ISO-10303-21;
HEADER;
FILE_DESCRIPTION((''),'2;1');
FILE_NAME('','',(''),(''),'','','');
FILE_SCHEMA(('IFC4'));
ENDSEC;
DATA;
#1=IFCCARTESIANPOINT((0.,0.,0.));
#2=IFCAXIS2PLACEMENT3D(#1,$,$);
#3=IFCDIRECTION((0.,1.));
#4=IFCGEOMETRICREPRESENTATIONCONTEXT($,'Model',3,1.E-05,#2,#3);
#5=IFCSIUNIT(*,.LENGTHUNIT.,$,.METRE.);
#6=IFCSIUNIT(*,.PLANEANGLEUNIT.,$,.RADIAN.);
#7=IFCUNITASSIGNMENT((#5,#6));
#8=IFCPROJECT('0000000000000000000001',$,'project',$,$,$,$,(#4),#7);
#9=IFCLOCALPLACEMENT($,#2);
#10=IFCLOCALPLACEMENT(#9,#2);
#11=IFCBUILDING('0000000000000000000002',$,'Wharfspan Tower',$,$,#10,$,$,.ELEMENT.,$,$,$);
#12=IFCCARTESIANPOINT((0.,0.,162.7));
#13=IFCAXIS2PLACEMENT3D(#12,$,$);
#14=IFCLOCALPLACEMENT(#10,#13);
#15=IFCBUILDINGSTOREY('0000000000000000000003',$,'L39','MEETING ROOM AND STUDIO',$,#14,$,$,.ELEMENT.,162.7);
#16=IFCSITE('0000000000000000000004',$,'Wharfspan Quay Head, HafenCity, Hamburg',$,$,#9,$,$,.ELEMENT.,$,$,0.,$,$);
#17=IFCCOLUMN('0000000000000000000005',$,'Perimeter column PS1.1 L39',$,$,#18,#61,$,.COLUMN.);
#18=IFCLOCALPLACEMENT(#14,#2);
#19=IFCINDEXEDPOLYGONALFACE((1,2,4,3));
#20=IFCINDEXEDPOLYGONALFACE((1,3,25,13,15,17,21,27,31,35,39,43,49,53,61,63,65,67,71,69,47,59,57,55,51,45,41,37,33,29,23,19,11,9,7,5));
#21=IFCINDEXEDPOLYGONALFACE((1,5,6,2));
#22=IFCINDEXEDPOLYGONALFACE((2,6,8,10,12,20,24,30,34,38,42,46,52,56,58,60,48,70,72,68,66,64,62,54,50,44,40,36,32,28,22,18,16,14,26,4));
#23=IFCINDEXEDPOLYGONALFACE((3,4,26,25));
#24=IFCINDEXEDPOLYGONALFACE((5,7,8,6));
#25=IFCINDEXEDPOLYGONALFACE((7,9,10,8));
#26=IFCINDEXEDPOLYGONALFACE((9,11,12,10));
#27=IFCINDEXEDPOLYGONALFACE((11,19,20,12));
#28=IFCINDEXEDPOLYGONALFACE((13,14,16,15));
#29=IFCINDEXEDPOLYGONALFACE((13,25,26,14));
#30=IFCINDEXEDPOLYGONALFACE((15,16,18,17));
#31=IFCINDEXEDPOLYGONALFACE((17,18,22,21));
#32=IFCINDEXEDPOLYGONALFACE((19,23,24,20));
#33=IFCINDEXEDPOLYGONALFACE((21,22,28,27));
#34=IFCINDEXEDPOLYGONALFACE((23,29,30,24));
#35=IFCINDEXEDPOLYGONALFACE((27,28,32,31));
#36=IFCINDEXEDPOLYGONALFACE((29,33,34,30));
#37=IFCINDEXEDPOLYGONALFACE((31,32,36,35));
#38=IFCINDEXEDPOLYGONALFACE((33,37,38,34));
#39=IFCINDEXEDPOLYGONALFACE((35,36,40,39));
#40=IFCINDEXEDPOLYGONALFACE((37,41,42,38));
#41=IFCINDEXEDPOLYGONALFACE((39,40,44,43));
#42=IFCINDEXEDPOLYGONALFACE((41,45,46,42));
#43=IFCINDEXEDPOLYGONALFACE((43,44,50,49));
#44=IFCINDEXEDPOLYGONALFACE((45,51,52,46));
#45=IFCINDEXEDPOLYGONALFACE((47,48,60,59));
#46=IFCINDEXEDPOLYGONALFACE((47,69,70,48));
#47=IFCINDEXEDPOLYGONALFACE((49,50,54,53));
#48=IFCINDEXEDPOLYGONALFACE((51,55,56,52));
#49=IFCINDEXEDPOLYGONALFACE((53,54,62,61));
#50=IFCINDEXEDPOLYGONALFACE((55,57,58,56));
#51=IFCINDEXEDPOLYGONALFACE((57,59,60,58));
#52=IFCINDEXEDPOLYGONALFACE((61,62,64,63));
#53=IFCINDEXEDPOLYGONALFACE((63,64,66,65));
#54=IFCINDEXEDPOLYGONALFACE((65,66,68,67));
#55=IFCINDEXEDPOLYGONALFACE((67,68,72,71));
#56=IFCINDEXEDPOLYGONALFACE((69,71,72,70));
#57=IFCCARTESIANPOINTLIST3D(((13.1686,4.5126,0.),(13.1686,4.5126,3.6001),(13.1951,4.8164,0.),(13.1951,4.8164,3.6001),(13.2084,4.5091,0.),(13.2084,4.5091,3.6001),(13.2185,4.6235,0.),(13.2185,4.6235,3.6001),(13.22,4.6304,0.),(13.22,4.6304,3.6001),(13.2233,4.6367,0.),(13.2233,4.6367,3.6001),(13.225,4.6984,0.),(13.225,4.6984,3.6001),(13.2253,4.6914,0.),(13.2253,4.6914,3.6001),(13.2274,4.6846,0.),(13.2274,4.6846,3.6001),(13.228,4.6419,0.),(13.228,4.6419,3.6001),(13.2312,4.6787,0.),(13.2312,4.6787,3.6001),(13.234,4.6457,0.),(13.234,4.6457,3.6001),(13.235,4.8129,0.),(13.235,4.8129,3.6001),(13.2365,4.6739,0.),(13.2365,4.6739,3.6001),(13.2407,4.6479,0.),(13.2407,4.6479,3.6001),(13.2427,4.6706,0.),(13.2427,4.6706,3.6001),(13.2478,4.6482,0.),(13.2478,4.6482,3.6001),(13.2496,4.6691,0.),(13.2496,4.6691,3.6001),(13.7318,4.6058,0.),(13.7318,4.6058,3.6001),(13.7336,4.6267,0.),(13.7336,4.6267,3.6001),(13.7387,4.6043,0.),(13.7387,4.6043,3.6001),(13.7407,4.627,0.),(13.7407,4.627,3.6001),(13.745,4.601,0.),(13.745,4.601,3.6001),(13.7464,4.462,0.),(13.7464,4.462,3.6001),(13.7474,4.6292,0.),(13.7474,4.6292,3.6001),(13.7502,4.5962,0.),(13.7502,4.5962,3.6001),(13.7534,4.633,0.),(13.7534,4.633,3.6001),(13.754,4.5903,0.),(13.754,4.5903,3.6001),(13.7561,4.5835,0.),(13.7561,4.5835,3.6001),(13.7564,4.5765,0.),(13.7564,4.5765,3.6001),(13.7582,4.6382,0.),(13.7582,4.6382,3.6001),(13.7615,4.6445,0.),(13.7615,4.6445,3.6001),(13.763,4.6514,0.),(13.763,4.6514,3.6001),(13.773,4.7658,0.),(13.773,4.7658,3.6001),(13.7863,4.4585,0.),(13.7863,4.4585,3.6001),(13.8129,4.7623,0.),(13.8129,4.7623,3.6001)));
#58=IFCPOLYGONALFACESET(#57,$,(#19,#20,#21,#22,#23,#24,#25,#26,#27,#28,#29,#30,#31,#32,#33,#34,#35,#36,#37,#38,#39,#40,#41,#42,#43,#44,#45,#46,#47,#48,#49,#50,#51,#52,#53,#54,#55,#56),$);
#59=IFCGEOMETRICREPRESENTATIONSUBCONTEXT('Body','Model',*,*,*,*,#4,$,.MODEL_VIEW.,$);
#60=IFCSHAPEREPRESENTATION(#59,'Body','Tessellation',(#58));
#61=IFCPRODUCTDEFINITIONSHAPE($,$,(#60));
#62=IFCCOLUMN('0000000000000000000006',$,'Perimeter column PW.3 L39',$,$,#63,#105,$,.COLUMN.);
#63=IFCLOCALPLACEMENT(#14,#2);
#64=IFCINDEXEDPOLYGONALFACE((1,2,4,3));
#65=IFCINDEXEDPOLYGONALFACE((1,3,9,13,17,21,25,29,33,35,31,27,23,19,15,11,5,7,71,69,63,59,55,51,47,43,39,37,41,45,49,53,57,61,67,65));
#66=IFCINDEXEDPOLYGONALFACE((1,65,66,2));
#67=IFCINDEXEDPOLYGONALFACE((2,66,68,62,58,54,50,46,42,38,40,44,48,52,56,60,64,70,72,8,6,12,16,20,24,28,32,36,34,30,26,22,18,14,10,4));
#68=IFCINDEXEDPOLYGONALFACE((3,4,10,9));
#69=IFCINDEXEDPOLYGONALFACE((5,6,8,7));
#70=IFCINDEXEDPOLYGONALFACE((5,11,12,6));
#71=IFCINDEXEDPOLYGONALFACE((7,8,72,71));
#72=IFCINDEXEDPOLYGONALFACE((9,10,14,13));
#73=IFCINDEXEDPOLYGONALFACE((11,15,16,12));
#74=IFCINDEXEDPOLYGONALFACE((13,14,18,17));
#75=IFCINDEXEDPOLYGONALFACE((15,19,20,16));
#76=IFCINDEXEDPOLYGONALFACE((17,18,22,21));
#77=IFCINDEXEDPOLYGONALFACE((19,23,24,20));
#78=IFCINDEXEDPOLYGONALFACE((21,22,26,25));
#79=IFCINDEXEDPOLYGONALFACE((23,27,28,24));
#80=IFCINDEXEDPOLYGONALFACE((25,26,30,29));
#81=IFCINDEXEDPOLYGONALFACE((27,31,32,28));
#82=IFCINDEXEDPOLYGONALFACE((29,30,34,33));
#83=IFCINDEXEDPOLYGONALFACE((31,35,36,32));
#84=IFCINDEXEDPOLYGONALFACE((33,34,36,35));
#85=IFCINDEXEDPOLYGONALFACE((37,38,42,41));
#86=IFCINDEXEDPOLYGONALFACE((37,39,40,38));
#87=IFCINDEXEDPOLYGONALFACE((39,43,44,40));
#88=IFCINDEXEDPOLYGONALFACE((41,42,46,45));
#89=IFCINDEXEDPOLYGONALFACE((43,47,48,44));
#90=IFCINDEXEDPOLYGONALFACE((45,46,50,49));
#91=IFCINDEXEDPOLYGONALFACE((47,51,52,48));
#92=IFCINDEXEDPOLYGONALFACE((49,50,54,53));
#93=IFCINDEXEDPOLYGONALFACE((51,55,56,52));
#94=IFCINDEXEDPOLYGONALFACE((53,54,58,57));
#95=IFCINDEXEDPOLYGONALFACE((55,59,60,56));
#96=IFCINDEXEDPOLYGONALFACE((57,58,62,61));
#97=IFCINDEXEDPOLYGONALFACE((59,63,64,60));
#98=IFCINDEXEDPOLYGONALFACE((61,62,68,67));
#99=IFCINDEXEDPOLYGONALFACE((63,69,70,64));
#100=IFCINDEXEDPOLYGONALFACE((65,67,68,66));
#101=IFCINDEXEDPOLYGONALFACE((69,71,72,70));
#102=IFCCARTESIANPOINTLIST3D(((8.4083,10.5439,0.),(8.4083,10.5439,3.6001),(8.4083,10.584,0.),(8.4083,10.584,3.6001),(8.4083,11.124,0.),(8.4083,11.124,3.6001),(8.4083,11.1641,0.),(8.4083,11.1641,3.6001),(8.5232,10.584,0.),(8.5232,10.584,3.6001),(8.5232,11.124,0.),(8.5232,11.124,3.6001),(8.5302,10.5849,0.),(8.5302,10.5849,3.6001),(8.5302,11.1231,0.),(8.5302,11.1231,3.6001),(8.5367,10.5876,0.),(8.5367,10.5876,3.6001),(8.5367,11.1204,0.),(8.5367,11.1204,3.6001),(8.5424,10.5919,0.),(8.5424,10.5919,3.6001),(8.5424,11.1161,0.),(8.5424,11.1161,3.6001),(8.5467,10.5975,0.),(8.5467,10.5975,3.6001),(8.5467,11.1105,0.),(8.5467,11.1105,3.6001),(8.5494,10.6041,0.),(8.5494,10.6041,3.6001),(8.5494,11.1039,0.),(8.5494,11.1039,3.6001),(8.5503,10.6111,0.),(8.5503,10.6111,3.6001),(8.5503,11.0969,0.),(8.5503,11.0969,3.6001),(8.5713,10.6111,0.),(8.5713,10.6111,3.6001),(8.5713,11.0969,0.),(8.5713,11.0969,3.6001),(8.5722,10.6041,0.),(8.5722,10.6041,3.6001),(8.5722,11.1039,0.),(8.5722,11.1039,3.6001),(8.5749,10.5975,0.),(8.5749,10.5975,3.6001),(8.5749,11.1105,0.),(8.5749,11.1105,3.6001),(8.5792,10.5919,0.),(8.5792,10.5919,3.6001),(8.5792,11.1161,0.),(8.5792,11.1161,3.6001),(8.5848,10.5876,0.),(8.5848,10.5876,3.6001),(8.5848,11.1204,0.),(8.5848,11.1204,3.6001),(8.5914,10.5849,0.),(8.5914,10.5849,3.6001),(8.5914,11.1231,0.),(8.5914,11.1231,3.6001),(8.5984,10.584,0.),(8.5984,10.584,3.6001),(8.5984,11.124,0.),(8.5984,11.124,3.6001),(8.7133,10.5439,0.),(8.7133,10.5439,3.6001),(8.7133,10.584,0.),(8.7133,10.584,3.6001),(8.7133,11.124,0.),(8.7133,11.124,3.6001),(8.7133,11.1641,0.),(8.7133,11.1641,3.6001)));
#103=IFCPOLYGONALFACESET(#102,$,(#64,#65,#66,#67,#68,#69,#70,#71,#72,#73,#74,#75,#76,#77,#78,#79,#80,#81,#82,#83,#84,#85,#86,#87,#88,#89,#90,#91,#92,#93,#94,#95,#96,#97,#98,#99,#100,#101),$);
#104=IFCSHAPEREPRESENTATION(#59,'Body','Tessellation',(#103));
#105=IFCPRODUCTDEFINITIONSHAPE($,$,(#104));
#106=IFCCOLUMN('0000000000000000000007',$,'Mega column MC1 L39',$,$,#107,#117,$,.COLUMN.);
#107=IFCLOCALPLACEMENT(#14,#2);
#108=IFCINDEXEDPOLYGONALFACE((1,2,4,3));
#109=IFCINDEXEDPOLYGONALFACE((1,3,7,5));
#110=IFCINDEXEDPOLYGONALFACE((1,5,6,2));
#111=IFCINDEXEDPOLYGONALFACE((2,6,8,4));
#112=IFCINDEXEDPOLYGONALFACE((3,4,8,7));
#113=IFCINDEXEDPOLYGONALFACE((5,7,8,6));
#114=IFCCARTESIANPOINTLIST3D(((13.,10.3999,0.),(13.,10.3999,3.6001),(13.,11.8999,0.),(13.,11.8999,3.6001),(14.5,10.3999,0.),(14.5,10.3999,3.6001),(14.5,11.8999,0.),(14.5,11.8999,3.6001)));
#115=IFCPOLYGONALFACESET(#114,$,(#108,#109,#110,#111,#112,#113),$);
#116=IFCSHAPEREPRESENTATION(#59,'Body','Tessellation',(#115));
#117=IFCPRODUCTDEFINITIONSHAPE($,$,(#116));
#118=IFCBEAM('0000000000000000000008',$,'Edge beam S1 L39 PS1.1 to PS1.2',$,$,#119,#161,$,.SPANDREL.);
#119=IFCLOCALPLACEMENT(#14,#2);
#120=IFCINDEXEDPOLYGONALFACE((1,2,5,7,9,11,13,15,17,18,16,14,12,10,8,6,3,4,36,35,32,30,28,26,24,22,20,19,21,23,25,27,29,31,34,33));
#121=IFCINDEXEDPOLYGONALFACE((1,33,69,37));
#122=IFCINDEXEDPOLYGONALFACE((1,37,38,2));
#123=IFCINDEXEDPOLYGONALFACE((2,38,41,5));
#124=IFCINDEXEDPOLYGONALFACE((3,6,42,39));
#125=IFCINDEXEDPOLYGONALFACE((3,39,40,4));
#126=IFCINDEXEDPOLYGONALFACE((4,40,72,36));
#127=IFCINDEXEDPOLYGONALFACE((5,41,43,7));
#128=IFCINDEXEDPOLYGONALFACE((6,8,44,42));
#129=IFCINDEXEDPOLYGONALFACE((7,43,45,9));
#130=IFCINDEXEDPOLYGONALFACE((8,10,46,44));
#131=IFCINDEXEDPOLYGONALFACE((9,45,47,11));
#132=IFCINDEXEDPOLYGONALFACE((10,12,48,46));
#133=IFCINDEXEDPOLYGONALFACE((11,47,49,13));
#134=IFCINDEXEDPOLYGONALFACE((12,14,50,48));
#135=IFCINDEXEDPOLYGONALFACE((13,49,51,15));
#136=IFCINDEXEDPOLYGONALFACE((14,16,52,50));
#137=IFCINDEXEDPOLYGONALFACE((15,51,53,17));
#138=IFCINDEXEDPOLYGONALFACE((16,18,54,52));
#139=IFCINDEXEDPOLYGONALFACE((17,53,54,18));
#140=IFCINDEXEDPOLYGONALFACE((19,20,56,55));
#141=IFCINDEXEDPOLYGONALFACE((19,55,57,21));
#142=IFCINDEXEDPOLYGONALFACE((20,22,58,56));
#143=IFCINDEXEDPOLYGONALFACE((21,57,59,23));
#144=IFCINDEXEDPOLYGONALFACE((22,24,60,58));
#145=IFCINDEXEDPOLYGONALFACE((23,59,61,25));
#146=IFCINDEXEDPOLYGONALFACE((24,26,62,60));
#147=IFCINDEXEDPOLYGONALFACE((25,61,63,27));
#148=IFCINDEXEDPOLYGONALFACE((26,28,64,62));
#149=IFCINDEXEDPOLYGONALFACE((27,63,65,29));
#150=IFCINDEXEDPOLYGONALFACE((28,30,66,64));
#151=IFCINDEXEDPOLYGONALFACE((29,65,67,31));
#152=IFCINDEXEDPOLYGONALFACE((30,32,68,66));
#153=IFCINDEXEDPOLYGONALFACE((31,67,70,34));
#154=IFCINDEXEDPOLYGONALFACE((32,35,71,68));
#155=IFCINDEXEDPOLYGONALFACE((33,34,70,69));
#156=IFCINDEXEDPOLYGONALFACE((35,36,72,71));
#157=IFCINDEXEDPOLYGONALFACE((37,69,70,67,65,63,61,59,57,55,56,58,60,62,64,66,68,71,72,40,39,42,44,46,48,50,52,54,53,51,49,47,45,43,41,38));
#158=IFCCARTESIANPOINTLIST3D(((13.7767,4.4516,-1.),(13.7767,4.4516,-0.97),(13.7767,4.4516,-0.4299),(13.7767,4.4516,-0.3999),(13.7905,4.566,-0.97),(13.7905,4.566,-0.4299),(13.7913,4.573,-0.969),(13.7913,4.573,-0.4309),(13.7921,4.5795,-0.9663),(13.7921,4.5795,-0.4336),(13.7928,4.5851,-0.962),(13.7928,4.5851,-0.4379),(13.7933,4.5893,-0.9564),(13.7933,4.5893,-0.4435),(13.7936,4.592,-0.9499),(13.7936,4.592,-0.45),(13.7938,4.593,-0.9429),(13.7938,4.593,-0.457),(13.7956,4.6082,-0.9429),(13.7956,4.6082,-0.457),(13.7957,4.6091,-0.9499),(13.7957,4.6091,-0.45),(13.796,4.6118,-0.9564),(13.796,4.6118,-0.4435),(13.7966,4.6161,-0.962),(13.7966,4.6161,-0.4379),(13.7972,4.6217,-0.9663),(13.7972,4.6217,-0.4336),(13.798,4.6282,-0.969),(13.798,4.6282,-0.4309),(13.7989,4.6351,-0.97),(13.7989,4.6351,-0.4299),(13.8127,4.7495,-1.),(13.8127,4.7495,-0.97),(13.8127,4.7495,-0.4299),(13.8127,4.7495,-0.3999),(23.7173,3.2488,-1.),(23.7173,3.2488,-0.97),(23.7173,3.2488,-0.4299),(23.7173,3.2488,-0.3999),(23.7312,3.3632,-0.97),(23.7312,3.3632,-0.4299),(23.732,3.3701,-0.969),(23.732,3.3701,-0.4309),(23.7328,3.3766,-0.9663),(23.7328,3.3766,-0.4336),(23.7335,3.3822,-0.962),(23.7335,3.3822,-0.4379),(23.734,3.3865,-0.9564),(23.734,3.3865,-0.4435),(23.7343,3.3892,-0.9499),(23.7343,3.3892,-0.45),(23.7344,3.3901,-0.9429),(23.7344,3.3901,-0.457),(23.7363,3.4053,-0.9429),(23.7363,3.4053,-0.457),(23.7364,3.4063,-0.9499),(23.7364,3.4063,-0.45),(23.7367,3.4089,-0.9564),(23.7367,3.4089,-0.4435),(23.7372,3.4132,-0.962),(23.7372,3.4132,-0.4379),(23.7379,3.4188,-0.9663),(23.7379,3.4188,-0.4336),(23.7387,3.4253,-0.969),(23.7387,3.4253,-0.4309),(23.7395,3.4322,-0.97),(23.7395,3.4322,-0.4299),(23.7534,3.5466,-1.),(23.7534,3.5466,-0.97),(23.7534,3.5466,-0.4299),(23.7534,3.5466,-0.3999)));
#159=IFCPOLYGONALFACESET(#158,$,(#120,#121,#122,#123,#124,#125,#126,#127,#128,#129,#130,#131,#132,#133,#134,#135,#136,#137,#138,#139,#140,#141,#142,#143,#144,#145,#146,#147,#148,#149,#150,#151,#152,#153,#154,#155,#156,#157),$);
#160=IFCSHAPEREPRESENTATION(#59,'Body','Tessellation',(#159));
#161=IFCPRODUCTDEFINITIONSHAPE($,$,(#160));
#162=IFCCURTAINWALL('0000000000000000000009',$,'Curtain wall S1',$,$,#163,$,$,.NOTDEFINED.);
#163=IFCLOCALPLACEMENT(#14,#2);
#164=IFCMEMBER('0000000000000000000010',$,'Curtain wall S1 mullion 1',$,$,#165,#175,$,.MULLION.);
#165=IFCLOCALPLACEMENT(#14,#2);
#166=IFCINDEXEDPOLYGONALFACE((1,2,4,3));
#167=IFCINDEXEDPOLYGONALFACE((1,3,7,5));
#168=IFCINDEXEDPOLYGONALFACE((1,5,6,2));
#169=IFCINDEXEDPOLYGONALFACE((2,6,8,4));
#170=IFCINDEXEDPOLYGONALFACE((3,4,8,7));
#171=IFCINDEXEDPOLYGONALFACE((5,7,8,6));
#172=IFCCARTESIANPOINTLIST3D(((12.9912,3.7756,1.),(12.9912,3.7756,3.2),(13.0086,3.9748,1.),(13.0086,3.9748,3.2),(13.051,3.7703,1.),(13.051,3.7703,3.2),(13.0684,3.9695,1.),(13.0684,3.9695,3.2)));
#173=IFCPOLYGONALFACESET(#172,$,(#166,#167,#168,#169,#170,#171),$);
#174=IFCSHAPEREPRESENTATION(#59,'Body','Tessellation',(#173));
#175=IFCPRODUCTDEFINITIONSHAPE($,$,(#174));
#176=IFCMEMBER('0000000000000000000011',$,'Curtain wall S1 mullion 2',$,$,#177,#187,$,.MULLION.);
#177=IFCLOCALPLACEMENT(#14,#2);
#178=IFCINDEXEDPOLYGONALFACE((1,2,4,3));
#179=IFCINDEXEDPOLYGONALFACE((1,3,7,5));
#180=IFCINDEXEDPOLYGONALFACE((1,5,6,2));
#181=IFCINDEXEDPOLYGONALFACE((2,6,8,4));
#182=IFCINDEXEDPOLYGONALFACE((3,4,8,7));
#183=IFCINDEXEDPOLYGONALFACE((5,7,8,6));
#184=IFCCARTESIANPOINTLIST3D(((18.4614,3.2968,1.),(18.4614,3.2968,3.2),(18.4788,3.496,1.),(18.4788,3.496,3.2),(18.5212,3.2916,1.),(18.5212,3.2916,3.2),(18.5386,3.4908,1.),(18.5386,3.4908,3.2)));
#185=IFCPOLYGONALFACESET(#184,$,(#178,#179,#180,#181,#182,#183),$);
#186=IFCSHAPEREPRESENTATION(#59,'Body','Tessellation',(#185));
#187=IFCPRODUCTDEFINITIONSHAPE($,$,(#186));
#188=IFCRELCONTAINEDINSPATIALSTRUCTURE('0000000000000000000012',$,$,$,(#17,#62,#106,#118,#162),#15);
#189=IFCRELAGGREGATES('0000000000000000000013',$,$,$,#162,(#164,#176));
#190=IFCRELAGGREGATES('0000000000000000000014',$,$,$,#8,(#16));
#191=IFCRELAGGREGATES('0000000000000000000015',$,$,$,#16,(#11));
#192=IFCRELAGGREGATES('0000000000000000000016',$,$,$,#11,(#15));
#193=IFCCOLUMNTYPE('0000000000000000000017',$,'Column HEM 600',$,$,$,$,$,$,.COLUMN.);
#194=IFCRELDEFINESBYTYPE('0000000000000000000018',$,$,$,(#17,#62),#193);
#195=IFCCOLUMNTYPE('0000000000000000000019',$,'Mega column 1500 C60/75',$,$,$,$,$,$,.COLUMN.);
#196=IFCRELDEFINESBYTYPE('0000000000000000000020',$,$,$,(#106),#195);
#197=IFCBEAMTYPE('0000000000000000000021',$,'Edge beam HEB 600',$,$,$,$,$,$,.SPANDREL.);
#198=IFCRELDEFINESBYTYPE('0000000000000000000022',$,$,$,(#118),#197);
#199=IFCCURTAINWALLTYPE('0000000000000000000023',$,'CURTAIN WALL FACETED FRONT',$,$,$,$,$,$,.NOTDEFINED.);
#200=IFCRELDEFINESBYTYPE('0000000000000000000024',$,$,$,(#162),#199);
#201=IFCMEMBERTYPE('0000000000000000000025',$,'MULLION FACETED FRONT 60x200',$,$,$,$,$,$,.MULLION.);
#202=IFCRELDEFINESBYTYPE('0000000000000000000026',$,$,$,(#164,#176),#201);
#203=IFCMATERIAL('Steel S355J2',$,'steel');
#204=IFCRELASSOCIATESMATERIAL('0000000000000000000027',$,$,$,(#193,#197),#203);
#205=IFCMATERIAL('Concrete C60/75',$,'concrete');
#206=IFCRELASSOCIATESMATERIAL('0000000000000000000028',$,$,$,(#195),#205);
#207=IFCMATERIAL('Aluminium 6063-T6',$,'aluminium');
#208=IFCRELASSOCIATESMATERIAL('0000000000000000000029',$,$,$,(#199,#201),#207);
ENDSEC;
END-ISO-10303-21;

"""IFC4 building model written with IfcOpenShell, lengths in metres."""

from ifc_helpers import new_model, si_unit, direction, frame, origin, origin_2d, place, context, subcontext, project, spatial, rectangle, i_section, extrude, material, material_profile, profile_set, type_object, element, aggregate, save


model = new_model("IFC4")

# Units and contexts
model_context = context("Model", 3, precision=1e-05, world=origin(), true_north=direction((0.0, 1.0)))
body_context = subcontext(model_context, "Body", "Model", "MODEL_VIEW")
ifc_project = project(units=[si_unit("LENGTHUNIT", "METRE"), si_unit("PLANEANGLEUNIT", "RADIAN")], contexts=[model_context])

# Site, building, storey
site_placement = place(None, origin())
site = spatial("IfcSite", under=ifc_project, at=site_placement, Name="Wharfspan Quay Head, HafenCity, Hamburg", CompositionType="ELEMENT", RefElevation=0.0)
building_placement = place(site_placement, origin())
building = spatial("IfcBuilding", under=site, at=building_placement, Name="Wharfspan Tower", CompositionType="ELEMENT")
storey_placement = place(building_placement, frame((0.0, 0.0, 162.7)))
storey = spatial("IfcBuildingStorey", under=building, at=storey_placement, Name="L39", Description="MEETING ROOM AND STUDIO", CompositionType="ELEMENT", Elevation=162.7)

# Columns
ifc_material_1 = material(Name="Steel S355J2", Category="steel")
ifc_material_profile_1 = material_profile(ifc_material_1, i_section(OverallWidth=0.3049, OverallDepth=0.6201, WebThickness=0.021, FlangeThickness=0.04, FilletRadius=0.0271, at=origin_2d()))
ifc_profile_set_1 = profile_set([ifc_material_profile_1], Name="Steel S355J2")
column_type_1 = type_object("IfcColumnType", Name="Column HEM 600", PredefinedType="COLUMN", material=ifc_profile_set_1)
for number, where, z_axis, x_axis, name in (
    (1, (13.4907, 4.6375, 0.0), (0.0, 0.0, 1.0), (-0.087156, -0.996198, 0.0), "Perimeter column PS1.1 L39"),
    (2, (8.5608, 10.854, 0.0), (0.0, 0.0, 1.0), (-1.0, 0.0, 0.0), "Perimeter column PW.3 L39"),
):
    element("IfcColumn", number, at=place(storey_placement, frame(where, z_axis=z_axis, x_axis=x_axis)), inside=storey, type_object=column_type_1, Name=name, PredefinedType="COLUMN", context=body_context, shape_type="SweptSolid", body=[
        extrude(i_section(OverallWidth=0.3049, OverallDepth=0.6201, WebThickness=0.021, FlangeThickness=0.04, FilletRadius=0.0271, at=origin_2d()), origin(), (0.0, 0.0, 1.0), 3.6001),
    ])
ifc_material_2 = material(Name="Concrete C60/75", Category="concrete")
ifc_material_profile_2 = material_profile(ifc_material_2, rectangle(XDim=1.5, YDim=1.5, at=origin_2d()))
ifc_profile_set_2 = profile_set([ifc_material_profile_2], Name="Concrete C60/75")
column_type_2 = type_object("IfcColumnType", Name="Mega column 1500 C60/75", PredefinedType="COLUMN", material=ifc_profile_set_2)
column_placement = place(storey_placement, frame((13.75, 11.1499, 0.0), z_axis=(0.0, 0.0, 1.0), x_axis=(1.0, 0.0, 0.0)))
element("IfcColumn", 3, at=column_placement, inside=storey, type_object=column_type_2, Name="Mega column MC1 L39", PredefinedType="COLUMN", context=body_context, shape_type="SweptSolid", body=[
    extrude(rectangle(XDim=1.5, YDim=1.5, at=origin_2d()), origin(), (0.0, 0.0, 1.0), 3.6001),
])

# Beam
ifc_material_profile_3 = material_profile(ifc_material_1, i_section(OverallWidth=0.3, OverallDepth=0.6001, WebThickness=0.0154, FlangeThickness=0.03, FilletRadius=0.0271, at=origin_2d()))
ifc_profile_set_3 = profile_set([ifc_material_profile_3], Name="Steel S355J2")
beam_type = type_object("IfcBeamType", Name="Edge beam HEB 600", PredefinedType="SPANDREL", material=ifc_profile_set_3)
beam_placement = place(storey_placement, frame((13.7947, 4.6006, -0.7), z_axis=(0.992758, -0.12013, 0.0), x_axis=(0.12013, 0.992758, 0.0)))
element("IfcBeam", 4, at=beam_placement, inside=storey, type_object=beam_type, Name="Edge beam S1 L39 PS1.1 to PS1.2", PredefinedType="SPANDREL", context=body_context, shape_type="SweptSolid", body=[
    extrude(i_section(OverallWidth=0.3, OverallDepth=0.6001, WebThickness=0.0154, FlangeThickness=0.03, FilletRadius=0.0271, at=origin_2d()), origin(), (0.0, 0.0, 1.0), 10.0132),
])

# Curtain wall, members
ifc_material_3 = material(Name="Aluminium 6063-T6", Category="aluminium")
curtain_wall_type_1 = type_object("IfcCurtainWallType", Name="CURTAIN WALL FACETED FRONT", PredefinedType="NOTDEFINED", material=ifc_material_3)
curtain_wall_1_placement = place(storey_placement, origin())
curtain_wall_1 = element("IfcCurtainWall", 5, at=curtain_wall_1_placement, inside=storey, type_object=curtain_wall_type_1, Name="Curtain wall S1", PredefinedType="NOTDEFINED")
ifc_material_profile_4 = material_profile(ifc_material_3, rectangle(XDim=0.2, YDim=0.0601, at=origin_2d()))
ifc_profile_set_4 = profile_set([ifc_material_profile_4], Name="Aluminium 6063-T6")
member_type_1 = type_object("IfcMemberType", Name="MULLION FACETED FRONT 60x200", PredefinedType="MULLION", material=ifc_profile_set_4)
member_1_placement = place(storey_placement, frame((13.0298, 3.8726, 1.0), z_axis=(0.0, 0.0, 1.0), x_axis=(0.087156, 0.996198, 0.0)))
member_1 = element("IfcMember", 6, at=member_1_placement, type_object=member_type_1, Name="Curtain wall S1 mullion 1", PredefinedType="MULLION", context=body_context, shape_type="SweptSolid", body=[
    extrude(rectangle(XDim=0.2, YDim=0.0601, at=origin_2d()), origin(), (0.0, 0.0, 1.0), 2.2),
])
member_2_placement = place(storey_placement, frame((18.5, 3.3938, 1.0), z_axis=(0.0, 0.0, 1.0), x_axis=(0.087156, 0.996198, 0.0)))
member_2 = element("IfcMember", 7, at=member_2_placement, type_object=member_type_1, Name="Curtain wall S1 mullion 2", PredefinedType="MULLION", context=body_context, shape_type="SweptSolid", body=[
    extrude(rectangle(XDim=0.2, YDim=0.0601, at=origin_2d()), origin(), (0.0, 0.0, 1.0), 2.2),
])

aggregate(curtain_wall_1, [member_1, member_2])

save(model, "model.ifc")
